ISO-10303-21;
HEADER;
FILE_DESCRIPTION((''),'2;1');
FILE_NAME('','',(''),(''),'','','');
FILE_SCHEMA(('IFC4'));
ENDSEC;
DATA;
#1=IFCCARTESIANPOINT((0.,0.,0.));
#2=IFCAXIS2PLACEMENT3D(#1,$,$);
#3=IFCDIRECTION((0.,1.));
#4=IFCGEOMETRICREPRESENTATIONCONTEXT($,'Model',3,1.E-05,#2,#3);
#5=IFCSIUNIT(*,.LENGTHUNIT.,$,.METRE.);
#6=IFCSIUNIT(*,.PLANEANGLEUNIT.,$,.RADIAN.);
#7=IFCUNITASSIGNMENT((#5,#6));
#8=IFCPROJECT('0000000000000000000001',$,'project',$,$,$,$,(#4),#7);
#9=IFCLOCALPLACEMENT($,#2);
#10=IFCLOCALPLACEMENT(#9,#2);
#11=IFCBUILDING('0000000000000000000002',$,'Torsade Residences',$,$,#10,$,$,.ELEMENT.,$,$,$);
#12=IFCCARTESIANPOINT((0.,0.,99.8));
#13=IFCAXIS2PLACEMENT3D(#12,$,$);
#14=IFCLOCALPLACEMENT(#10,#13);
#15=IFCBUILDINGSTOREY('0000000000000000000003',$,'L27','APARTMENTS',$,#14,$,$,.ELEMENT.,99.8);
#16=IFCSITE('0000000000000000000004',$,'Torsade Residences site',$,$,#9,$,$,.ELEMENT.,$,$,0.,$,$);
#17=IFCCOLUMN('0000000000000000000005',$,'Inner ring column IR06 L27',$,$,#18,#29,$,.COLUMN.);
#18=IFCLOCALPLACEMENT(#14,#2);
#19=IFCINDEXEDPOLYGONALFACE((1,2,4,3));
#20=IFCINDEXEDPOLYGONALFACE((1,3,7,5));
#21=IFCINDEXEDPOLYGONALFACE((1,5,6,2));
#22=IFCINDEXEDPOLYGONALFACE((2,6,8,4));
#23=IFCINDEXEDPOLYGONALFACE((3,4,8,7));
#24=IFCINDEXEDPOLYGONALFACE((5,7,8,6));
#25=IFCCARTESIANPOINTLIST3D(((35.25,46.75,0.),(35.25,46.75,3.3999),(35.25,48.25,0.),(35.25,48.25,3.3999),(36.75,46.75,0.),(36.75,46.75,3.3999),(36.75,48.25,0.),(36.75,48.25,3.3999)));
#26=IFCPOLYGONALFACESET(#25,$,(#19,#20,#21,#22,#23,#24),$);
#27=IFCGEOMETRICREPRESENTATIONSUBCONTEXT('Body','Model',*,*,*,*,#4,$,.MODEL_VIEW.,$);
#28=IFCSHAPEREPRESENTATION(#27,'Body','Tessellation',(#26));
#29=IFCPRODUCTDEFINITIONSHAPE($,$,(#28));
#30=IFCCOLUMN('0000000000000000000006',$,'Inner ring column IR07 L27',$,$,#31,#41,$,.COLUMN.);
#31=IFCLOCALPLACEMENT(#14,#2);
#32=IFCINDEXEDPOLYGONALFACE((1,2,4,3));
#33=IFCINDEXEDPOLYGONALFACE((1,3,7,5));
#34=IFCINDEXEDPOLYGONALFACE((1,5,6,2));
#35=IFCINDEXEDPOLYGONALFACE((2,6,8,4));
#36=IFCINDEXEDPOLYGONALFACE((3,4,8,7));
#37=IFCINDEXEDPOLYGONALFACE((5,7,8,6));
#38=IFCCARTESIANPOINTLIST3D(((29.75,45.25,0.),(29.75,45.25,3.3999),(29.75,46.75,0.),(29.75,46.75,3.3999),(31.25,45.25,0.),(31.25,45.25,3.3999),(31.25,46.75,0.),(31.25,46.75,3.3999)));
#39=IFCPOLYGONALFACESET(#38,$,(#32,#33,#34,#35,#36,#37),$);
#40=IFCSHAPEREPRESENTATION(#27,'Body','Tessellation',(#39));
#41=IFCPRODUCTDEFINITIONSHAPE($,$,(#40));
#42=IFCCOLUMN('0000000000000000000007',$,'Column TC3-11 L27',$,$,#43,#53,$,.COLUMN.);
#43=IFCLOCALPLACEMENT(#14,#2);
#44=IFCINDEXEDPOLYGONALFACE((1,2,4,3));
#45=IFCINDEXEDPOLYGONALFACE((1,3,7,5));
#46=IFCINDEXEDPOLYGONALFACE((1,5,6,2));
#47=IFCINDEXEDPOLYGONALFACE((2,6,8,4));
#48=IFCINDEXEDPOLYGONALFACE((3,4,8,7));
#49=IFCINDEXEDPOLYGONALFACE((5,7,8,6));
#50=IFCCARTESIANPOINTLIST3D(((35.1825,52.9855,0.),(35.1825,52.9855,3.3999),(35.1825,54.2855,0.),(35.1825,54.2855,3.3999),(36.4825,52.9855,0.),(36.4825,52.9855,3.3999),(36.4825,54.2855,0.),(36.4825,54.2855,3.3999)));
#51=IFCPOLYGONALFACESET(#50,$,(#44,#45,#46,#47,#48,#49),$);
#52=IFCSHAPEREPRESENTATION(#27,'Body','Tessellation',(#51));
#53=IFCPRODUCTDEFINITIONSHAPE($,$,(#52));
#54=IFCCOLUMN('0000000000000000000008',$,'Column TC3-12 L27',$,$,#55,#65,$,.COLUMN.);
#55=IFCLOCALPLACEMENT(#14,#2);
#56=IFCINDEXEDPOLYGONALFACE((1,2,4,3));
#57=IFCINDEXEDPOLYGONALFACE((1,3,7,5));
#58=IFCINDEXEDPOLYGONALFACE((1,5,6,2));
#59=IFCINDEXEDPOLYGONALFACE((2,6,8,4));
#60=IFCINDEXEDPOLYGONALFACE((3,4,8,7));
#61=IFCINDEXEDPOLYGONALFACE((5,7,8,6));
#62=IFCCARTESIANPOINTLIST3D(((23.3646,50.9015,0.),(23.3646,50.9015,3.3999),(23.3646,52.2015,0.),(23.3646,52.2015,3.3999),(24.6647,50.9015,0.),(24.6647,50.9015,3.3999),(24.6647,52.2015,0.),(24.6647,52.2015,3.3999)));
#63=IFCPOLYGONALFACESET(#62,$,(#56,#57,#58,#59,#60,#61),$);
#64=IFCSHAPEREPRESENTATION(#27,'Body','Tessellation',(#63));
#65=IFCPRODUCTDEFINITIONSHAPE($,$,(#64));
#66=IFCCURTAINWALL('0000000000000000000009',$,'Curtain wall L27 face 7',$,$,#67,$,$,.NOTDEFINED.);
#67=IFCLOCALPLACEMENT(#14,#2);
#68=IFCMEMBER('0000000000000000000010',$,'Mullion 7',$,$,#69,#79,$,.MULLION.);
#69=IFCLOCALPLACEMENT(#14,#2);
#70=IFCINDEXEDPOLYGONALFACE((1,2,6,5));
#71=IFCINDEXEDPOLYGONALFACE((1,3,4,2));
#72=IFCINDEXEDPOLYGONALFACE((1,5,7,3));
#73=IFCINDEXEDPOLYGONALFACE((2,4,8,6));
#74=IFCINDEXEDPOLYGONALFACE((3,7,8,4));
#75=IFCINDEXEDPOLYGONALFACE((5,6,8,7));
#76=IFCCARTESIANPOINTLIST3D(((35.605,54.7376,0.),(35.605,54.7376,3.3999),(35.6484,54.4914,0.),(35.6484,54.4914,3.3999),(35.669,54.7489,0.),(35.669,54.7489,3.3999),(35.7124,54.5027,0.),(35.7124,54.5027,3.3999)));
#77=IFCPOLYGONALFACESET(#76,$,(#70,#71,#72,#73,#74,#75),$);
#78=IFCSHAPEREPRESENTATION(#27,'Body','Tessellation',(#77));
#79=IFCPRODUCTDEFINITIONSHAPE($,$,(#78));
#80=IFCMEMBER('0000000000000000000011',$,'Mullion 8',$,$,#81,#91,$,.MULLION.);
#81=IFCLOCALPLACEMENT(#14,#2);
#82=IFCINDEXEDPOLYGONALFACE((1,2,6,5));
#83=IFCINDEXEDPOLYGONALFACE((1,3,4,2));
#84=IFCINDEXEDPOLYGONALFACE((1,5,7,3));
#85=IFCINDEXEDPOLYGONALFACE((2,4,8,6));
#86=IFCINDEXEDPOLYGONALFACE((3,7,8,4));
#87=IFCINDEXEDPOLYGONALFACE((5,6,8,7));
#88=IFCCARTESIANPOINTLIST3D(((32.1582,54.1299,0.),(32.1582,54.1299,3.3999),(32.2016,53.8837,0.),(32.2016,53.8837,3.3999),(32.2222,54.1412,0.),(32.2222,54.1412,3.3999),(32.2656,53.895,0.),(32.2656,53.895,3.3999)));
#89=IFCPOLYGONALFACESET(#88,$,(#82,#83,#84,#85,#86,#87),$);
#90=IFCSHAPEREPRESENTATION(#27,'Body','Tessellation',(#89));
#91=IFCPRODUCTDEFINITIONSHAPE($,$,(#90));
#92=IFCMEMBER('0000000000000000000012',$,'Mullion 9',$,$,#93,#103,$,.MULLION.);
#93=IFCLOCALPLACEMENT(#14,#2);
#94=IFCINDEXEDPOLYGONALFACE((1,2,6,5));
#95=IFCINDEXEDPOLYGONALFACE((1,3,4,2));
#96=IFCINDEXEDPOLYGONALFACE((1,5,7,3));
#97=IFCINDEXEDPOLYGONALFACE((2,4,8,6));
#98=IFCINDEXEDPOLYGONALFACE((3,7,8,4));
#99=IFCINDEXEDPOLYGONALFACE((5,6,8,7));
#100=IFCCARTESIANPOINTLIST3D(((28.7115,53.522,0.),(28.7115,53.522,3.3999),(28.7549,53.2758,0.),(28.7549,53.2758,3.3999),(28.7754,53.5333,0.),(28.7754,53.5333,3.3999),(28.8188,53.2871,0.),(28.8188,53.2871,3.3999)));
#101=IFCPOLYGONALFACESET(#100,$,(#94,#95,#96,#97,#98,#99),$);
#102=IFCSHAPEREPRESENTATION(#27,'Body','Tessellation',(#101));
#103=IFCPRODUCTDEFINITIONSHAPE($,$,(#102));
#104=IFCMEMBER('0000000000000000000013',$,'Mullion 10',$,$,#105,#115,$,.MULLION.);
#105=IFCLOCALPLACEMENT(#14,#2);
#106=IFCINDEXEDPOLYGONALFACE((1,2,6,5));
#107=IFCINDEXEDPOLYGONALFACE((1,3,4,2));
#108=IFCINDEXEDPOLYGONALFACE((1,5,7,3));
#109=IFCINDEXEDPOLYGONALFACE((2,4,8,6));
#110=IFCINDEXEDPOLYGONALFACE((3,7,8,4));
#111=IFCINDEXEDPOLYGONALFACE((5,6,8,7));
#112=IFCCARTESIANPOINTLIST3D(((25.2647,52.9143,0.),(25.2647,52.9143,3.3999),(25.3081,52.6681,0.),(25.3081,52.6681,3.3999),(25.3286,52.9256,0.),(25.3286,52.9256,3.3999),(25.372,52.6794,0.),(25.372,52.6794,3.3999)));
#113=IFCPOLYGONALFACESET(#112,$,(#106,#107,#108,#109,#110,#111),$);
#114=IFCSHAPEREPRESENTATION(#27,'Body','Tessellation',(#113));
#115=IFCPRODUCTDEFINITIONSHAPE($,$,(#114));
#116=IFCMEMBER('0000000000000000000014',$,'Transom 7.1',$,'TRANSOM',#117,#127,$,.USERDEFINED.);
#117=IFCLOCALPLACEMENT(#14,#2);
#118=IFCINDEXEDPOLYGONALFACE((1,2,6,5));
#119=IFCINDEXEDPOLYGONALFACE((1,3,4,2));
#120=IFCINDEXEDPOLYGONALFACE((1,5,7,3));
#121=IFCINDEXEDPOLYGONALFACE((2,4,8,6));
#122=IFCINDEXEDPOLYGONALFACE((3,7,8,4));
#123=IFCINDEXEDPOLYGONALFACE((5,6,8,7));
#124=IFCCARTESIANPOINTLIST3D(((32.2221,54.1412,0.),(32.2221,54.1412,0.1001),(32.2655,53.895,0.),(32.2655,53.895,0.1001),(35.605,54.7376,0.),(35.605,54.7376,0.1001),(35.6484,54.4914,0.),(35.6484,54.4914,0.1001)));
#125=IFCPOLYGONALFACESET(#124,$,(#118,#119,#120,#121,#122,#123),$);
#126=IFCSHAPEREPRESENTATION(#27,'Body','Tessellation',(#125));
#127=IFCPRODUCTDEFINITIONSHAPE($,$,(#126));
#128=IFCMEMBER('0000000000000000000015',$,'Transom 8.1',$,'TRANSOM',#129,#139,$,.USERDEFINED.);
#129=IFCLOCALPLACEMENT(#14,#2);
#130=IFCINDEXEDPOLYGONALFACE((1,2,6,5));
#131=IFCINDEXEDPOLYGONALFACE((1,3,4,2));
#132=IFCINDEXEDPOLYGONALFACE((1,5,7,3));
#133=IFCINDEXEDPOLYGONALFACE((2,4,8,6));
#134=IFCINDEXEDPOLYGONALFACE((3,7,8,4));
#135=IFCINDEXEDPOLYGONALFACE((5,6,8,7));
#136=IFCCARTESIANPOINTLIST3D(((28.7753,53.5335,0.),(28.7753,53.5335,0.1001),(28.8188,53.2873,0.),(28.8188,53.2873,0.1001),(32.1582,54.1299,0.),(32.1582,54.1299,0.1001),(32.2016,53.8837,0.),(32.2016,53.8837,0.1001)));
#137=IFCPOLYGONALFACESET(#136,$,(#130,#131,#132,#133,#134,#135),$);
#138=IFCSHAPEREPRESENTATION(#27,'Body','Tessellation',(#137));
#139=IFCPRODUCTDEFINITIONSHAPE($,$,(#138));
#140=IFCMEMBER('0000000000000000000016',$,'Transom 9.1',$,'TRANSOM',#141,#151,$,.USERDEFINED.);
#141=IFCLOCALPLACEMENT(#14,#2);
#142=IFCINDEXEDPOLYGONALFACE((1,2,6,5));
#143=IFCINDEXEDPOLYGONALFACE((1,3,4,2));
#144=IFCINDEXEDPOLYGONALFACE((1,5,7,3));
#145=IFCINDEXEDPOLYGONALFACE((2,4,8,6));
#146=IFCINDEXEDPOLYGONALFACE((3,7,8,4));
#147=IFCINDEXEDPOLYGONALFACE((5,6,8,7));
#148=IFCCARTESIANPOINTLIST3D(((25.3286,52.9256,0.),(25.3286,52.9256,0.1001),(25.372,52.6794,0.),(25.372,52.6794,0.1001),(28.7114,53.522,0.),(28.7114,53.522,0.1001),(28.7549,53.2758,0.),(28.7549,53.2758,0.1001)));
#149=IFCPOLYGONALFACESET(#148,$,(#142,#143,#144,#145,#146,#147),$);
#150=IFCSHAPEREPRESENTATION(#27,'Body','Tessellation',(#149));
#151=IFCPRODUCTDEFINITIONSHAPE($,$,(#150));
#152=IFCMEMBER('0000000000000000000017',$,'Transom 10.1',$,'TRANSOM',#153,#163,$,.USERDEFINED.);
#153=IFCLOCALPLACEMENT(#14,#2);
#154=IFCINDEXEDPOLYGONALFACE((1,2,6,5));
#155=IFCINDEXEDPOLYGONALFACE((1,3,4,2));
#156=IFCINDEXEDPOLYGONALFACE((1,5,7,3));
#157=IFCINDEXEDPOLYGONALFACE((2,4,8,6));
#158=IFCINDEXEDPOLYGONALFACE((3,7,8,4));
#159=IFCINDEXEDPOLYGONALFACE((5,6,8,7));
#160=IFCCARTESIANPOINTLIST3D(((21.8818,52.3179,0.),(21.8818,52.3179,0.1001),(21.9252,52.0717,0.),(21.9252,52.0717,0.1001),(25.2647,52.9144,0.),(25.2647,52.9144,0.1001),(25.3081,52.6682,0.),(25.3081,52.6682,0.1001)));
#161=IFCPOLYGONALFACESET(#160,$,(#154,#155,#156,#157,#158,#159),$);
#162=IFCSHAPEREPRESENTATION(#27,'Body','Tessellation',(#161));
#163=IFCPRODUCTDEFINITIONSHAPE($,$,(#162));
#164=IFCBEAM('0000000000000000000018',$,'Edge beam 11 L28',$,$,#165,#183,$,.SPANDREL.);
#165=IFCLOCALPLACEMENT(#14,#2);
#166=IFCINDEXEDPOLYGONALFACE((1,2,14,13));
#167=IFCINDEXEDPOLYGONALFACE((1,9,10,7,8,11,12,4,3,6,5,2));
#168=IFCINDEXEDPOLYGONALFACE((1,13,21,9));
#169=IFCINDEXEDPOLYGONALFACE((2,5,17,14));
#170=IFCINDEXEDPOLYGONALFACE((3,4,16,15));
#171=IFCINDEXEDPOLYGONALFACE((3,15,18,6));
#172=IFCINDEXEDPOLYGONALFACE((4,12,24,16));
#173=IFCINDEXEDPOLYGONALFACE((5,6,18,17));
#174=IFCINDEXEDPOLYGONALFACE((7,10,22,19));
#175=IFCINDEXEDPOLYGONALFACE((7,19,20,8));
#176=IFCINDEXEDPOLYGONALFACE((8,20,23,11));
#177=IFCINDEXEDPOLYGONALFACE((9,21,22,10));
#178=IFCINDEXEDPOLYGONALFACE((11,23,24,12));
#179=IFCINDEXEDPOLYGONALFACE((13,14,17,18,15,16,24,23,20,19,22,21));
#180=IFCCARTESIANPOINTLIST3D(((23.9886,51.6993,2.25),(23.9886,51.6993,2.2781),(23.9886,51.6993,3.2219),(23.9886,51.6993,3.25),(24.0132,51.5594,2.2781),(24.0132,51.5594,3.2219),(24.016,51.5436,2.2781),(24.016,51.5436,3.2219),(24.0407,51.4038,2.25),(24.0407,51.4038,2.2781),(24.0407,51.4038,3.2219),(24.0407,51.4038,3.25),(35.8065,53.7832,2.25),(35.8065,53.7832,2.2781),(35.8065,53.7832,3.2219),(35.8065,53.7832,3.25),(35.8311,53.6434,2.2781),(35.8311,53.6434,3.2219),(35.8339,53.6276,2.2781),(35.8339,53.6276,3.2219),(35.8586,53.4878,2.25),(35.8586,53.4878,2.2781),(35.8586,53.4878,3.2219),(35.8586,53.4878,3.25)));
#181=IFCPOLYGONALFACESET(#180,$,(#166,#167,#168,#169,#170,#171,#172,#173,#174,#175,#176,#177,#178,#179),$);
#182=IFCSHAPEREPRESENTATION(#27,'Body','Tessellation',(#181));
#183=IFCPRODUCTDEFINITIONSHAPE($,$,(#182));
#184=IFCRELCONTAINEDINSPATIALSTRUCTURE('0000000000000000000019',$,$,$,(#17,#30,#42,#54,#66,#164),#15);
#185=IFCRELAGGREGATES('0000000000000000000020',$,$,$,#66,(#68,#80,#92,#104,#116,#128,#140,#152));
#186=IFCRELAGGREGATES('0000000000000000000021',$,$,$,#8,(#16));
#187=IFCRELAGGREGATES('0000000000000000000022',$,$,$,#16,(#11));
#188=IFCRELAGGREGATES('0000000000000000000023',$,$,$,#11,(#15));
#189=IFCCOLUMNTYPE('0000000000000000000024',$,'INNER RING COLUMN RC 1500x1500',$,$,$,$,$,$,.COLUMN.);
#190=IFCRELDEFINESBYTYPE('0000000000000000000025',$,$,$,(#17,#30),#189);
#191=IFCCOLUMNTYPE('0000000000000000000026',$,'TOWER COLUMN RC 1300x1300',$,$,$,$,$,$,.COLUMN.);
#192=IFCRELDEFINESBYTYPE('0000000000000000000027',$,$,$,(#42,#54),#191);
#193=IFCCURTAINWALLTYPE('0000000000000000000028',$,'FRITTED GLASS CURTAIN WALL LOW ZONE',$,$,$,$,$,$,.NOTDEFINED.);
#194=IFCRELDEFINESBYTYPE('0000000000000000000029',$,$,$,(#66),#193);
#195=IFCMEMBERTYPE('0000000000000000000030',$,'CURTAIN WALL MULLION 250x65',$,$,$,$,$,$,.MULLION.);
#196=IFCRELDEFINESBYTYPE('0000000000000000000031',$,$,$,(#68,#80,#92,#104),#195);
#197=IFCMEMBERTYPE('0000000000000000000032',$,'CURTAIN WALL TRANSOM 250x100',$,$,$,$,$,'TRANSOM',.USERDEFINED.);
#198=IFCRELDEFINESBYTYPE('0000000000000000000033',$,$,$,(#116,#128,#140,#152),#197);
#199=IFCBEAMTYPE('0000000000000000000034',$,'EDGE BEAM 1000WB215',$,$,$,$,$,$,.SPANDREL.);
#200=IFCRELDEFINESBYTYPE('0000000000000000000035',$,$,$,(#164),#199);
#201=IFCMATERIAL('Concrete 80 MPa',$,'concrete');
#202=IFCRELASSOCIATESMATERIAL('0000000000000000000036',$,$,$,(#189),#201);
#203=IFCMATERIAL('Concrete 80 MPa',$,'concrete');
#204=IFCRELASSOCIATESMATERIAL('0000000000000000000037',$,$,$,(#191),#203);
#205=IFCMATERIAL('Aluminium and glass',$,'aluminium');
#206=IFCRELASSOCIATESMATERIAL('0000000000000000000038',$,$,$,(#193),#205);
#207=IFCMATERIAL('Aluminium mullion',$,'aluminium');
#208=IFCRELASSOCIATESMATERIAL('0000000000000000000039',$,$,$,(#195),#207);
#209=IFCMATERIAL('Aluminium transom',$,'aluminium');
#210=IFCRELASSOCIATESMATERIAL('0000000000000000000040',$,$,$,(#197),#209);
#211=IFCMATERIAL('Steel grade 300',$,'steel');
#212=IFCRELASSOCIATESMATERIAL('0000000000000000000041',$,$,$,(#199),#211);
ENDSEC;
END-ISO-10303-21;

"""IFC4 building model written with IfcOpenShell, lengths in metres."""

from ifc_helpers import new_model, si_unit, direction, frame, origin, origin_2d, place, context, subcontext, project, spatial, rectangle, i_section, extrude, material, material_profile, profile_set, type_object, element, aggregate, save


model = new_model("IFC4")

# Units and contexts
model_context = context("Model", 3, precision=1e-05, world=origin(), true_north=direction((0.0, 1.0)))
body_context = subcontext(model_context, "Body", "Model", "MODEL_VIEW")
ifc_project = project(units=[si_unit("LENGTHUNIT", "METRE"), si_unit("PLANEANGLEUNIT", "RADIAN")], contexts=[model_context])

# Site, building, storey
site_placement = place(None, origin())
site = spatial("IfcSite", under=ifc_project, at=site_placement, Name="Torsade Residences site", CompositionType="ELEMENT", RefElevation=0.0)
building_placement = place(site_placement, origin())
building = spatial("IfcBuilding", under=site, at=building_placement, Name="Torsade Residences", CompositionType="ELEMENT")
storey_placement = place(building_placement, frame((0.0, 0.0, 99.8)))
storey = spatial("IfcBuildingStorey", under=building, at=storey_placement, Name="L27", Description="APARTMENTS", CompositionType="ELEMENT", Elevation=99.8)

# Columns
ifc_material_1 = material(Name="Concrete 80 MPa", Category="concrete")
ifc_material_profile_1 = material_profile(ifc_material_1, rectangle(XDim=1.5, YDim=1.5, at=origin_2d()), Name="RC 1500x1500")
ifc_profile_set_1 = profile_set([ifc_material_profile_1], Name="Concrete 80 MPa")
column_type_1 = type_object("IfcColumnType", Name="INNER RING COLUMN RC 1500x1500", PredefinedType="COLUMN", material=ifc_profile_set_1)
for number, where, z_axis, x_axis, name in (
    (1, (36.0, 47.5, 0.0), (0.0, 0.0, 1.0), (1.0, 0.0, 0.0), "Inner ring column IR06 L27"),
    (2, (30.5, 46.0, 0.0), (0.0, 0.0, 1.0), (1.0, 0.0, 0.0), "Inner ring column IR07 L27"),
):
    element("IfcColumn", number, at=place(storey_placement, frame(where, z_axis=z_axis, x_axis=x_axis)), inside=storey, type_object=column_type_1, Name=name, PredefinedType="COLUMN", context=body_context, shape_type="SweptSolid", body=[
        extrude(rectangle(XDim=1.5, YDim=1.5, at=origin_2d()), origin(), (0.0, 0.0, 1.0), 3.3999),
    ])
ifc_material_2 = material(Name="Concrete 80 MPa", Category="concrete")
ifc_material_profile_2 = material_profile(ifc_material_2, rectangle(XDim=1.3, YDim=1.3, at=origin_2d()), Name="RC 1300x1300")
ifc_profile_set_2 = profile_set([ifc_material_profile_2], Name="Concrete 80 MPa")
column_type_2 = type_object("IfcColumnType", Name="TOWER COLUMN RC 1300x1300", PredefinedType="COLUMN", material=ifc_profile_set_2)
for number, where, z_axis, x_axis, name in (
    (3, (35.8325, 53.6355, 0.0), (0.0, 0.0, 1.0), (1.0, 0.0, 0.0), "Column TC3-11 L27"),
    (4, (24.0146, 51.5515, 0.0), (0.0, 0.0, 1.0), (1.0, 0.0, 0.0), "Column TC3-12 L27"),
):
    element("IfcColumn", number, at=place(storey_placement, frame(where, z_axis=z_axis, x_axis=x_axis)), inside=storey, type_object=column_type_2, Name=name, PredefinedType="COLUMN", context=body_context, shape_type="SweptSolid", body=[
        extrude(rectangle(XDim=1.3, YDim=1.3, at=origin_2d()), origin(), (0.0, 0.0, 1.0), 3.3999),
    ])

# Curtain wall, members
ifc_material_3 = material(Name="Aluminium and glass", Category="aluminium")
curtain_wall_type = type_object("IfcCurtainWallType", Name="FRITTED GLASS CURTAIN WALL LOW ZONE", PredefinedType="NOTDEFINED", material=ifc_material_3)
curtain_wall_placement = place(storey_placement, origin())
curtain_wall = element("IfcCurtainWall", 5, at=curtain_wall_placement, inside=storey, type_object=curtain_wall_type, Name="Curtain wall L27 face 7", PredefinedType="NOTDEFINED")
ifc_material_4 = material(Name="Aluminium mullion", Category="aluminium")
ifc_material_profile_3 = material_profile(ifc_material_4, rectangle(XDim=0.25, YDim=0.0649, at=origin_2d()), Name="CURTAIN WALL MULLION 250x65")
ifc_profile_set_3 = profile_set([ifc_material_profile_3], Name="Aluminium mullion")
member_type_1 = type_object("IfcMemberType", Name="CURTAIN WALL MULLION 250x65", PredefinedType="MULLION", material=ifc_profile_set_3)
member_1_placement = place(storey_placement, frame((35.6587, 54.6201, 0.0), z_axis=(0.0, 0.0, 1.0), x_axis=(0.173648, -0.984808, 0.0)))
member_1 = element("IfcMember", 6, at=member_1_placement, type_object=member_type_1, Name="Mullion 7", PredefinedType="MULLION", context=body_context, shape_type="SweptSolid", body=[
    extrude(rectangle(XDim=0.25, YDim=0.0649, at=origin_2d()), origin(), (0.0, 0.0, 1.0), 3.3999),
])
member_2_placement = place(storey_placement, frame((32.2119, 54.0125, 0.0), z_axis=(0.0, 0.0, 1.0), x_axis=(0.173648, -0.984808, 0.0)))
member_2 = element("IfcMember", 7, at=member_2_placement, type_object=member_type_1, Name="Mullion 8", PredefinedType="MULLION", context=body_context, shape_type="SweptSolid", body=[
    extrude(rectangle(XDim=0.25, YDim=0.0649, at=origin_2d()), origin(), (0.0, 0.0, 1.0), 3.3999),
])
member_3_placement = place(storey_placement, frame((28.7651, 53.4045, 0.0), z_axis=(0.0, 0.0, 1.0), x_axis=(0.173648, -0.984808, 0.0)))
member_3 = element("IfcMember", 8, at=member_3_placement, type_object=member_type_1, Name="Mullion 9", PredefinedType="MULLION", context=body_context, shape_type="SweptSolid", body=[
    extrude(rectangle(XDim=0.25, YDim=0.0649, at=origin_2d()), origin(), (0.0, 0.0, 1.0), 3.3999),
])
member_4_placement = place(storey_placement, frame((25.3184, 52.7969, 0.0), z_axis=(0.0, 0.0, 1.0), x_axis=(0.173648, -0.984808, 0.0)))
member_4 = element("IfcMember", 9, at=member_4_placement, type_object=member_type_1, Name="Mullion 10", PredefinedType="MULLION", context=body_context, shape_type="SweptSolid", body=[
    extrude(rectangle(XDim=0.25, YDim=0.0649, at=origin_2d()), origin(), (0.0, 0.0, 1.0), 3.3999),
])
ifc_material_5 = material(Name="Aluminium transom", Category="aluminium")
ifc_material_profile_4 = material_profile(ifc_material_5, rectangle(XDim=0.25, YDim=0.1001, at=origin_2d()), Name="CURTAIN WALL TRANSOM 250x100")
ifc_profile_set_4 = profile_set([ifc_material_profile_4], Name="Aluminium transom")
member_type_2 = type_object("IfcMemberType", Name="CURTAIN WALL TRANSOM 250x100", ElementType="TRANSOM", PredefinedType="USERDEFINED", material=ifc_profile_set_4)
member_5_placement = place(storey_placement, frame((35.6267, 54.6145, 0.05), z_axis=(-0.98481, -0.173635, 0.0), x_axis=(0.173635, -0.98481, 0.0)))
member_5 = element("IfcMember", 10, at=member_5_placement, type_object=member_type_2, Name="Transom 7.1", ObjectType="TRANSOM", PredefinedType="USERDEFINED", context=body_context, shape_type="SweptSolid", body=[
    extrude(rectangle(XDim=0.25, YDim=0.1001, at=origin_2d()), origin(), (0.0, 0.0, 1.0), 3.4351),
])
member_6_placement = place(storey_placement, frame((32.1799, 54.0068, 0.05), z_axis=(-0.98481, -0.173635, 0.0), x_axis=(0.173635, -0.98481, 0.0)))
member_6 = element("IfcMember", 11, at=member_6_placement, type_object=member_type_2, Name="Transom 8.1", ObjectType="TRANSOM", PredefinedType="USERDEFINED", context=body_context, shape_type="SweptSolid", body=[
    extrude(rectangle(XDim=0.25, YDim=0.1001, at=origin_2d()), origin(), (0.0, 0.0, 1.0), 3.4351),
])
member_7_placement = place(storey_placement, frame((28.7332, 53.3989, 0.05), z_axis=(-0.98481, -0.173635, 0.0), x_axis=(0.173635, -0.98481, 0.0)))
member_7 = element("IfcMember", 12, at=member_7_placement, type_object=member_type_2, Name="Transom 9.1", ObjectType="TRANSOM", PredefinedType="USERDEFINED", context=body_context, shape_type="SweptSolid", body=[
    extrude(rectangle(XDim=0.25, YDim=0.1001, at=origin_2d()), origin(), (0.0, 0.0, 1.0), 3.4351),
])
member_8_placement = place(storey_placement, frame((25.2864, 52.7913, 0.05), z_axis=(-0.98481, -0.173635, 0.0), x_axis=(0.173635, -0.98481, 0.0)))
member_8 = element("IfcMember", 13, at=member_8_placement, type_object=member_type_2, Name="Transom 10.1", ObjectType="TRANSOM", PredefinedType="USERDEFINED", context=body_context, shape_type="SweptSolid", body=[
    extrude(rectangle(XDim=0.25, YDim=0.1001, at=origin_2d()), origin(), (0.0, 0.0, 1.0), 3.4351),
])

# Beam
ifc_material_6 = material(Name="Steel grade 300", Category="steel")
ifc_material_profile_5 = material_profile(ifc_material_6, i_section(OverallWidth=0.3, OverallDepth=1.0, WebThickness=0.0161, FlangeThickness=0.0281, at=origin_2d()), Name="1000WB215")
ifc_profile_set_5 = profile_set([ifc_material_profile_5], Name="Steel grade 300")
beam_type_1 = type_object("IfcBeamType", Name="EDGE BEAM 1000WB215", PredefinedType="SPANDREL", material=ifc_profile_set_5)
beam_1_placement = place(storey_placement, frame((35.8325, 53.6355, 2.75), z_axis=(-0.984805, -0.173662, 0.0), x_axis=(0.173662, -0.984805, 0.0)))
element("IfcBeam", 14, at=beam_1_placement, inside=storey, type_object=beam_type_1, Name="Edge beam 11 L28", PredefinedType="SPANDREL", context=body_context, shape_type="SweptSolid", body=[
    extrude(i_section(OverallWidth=0.3, OverallDepth=1.0, WebThickness=0.0161, FlangeThickness=0.0281, at=origin_2d()), origin(), (0.0, 0.0, 1.0), 12.0002),
])

aggregate(curtain_wall, [member_1, member_2, member_3, member_4, member_5, member_6, member_7, member_8])

save(model, "model.ifc")
